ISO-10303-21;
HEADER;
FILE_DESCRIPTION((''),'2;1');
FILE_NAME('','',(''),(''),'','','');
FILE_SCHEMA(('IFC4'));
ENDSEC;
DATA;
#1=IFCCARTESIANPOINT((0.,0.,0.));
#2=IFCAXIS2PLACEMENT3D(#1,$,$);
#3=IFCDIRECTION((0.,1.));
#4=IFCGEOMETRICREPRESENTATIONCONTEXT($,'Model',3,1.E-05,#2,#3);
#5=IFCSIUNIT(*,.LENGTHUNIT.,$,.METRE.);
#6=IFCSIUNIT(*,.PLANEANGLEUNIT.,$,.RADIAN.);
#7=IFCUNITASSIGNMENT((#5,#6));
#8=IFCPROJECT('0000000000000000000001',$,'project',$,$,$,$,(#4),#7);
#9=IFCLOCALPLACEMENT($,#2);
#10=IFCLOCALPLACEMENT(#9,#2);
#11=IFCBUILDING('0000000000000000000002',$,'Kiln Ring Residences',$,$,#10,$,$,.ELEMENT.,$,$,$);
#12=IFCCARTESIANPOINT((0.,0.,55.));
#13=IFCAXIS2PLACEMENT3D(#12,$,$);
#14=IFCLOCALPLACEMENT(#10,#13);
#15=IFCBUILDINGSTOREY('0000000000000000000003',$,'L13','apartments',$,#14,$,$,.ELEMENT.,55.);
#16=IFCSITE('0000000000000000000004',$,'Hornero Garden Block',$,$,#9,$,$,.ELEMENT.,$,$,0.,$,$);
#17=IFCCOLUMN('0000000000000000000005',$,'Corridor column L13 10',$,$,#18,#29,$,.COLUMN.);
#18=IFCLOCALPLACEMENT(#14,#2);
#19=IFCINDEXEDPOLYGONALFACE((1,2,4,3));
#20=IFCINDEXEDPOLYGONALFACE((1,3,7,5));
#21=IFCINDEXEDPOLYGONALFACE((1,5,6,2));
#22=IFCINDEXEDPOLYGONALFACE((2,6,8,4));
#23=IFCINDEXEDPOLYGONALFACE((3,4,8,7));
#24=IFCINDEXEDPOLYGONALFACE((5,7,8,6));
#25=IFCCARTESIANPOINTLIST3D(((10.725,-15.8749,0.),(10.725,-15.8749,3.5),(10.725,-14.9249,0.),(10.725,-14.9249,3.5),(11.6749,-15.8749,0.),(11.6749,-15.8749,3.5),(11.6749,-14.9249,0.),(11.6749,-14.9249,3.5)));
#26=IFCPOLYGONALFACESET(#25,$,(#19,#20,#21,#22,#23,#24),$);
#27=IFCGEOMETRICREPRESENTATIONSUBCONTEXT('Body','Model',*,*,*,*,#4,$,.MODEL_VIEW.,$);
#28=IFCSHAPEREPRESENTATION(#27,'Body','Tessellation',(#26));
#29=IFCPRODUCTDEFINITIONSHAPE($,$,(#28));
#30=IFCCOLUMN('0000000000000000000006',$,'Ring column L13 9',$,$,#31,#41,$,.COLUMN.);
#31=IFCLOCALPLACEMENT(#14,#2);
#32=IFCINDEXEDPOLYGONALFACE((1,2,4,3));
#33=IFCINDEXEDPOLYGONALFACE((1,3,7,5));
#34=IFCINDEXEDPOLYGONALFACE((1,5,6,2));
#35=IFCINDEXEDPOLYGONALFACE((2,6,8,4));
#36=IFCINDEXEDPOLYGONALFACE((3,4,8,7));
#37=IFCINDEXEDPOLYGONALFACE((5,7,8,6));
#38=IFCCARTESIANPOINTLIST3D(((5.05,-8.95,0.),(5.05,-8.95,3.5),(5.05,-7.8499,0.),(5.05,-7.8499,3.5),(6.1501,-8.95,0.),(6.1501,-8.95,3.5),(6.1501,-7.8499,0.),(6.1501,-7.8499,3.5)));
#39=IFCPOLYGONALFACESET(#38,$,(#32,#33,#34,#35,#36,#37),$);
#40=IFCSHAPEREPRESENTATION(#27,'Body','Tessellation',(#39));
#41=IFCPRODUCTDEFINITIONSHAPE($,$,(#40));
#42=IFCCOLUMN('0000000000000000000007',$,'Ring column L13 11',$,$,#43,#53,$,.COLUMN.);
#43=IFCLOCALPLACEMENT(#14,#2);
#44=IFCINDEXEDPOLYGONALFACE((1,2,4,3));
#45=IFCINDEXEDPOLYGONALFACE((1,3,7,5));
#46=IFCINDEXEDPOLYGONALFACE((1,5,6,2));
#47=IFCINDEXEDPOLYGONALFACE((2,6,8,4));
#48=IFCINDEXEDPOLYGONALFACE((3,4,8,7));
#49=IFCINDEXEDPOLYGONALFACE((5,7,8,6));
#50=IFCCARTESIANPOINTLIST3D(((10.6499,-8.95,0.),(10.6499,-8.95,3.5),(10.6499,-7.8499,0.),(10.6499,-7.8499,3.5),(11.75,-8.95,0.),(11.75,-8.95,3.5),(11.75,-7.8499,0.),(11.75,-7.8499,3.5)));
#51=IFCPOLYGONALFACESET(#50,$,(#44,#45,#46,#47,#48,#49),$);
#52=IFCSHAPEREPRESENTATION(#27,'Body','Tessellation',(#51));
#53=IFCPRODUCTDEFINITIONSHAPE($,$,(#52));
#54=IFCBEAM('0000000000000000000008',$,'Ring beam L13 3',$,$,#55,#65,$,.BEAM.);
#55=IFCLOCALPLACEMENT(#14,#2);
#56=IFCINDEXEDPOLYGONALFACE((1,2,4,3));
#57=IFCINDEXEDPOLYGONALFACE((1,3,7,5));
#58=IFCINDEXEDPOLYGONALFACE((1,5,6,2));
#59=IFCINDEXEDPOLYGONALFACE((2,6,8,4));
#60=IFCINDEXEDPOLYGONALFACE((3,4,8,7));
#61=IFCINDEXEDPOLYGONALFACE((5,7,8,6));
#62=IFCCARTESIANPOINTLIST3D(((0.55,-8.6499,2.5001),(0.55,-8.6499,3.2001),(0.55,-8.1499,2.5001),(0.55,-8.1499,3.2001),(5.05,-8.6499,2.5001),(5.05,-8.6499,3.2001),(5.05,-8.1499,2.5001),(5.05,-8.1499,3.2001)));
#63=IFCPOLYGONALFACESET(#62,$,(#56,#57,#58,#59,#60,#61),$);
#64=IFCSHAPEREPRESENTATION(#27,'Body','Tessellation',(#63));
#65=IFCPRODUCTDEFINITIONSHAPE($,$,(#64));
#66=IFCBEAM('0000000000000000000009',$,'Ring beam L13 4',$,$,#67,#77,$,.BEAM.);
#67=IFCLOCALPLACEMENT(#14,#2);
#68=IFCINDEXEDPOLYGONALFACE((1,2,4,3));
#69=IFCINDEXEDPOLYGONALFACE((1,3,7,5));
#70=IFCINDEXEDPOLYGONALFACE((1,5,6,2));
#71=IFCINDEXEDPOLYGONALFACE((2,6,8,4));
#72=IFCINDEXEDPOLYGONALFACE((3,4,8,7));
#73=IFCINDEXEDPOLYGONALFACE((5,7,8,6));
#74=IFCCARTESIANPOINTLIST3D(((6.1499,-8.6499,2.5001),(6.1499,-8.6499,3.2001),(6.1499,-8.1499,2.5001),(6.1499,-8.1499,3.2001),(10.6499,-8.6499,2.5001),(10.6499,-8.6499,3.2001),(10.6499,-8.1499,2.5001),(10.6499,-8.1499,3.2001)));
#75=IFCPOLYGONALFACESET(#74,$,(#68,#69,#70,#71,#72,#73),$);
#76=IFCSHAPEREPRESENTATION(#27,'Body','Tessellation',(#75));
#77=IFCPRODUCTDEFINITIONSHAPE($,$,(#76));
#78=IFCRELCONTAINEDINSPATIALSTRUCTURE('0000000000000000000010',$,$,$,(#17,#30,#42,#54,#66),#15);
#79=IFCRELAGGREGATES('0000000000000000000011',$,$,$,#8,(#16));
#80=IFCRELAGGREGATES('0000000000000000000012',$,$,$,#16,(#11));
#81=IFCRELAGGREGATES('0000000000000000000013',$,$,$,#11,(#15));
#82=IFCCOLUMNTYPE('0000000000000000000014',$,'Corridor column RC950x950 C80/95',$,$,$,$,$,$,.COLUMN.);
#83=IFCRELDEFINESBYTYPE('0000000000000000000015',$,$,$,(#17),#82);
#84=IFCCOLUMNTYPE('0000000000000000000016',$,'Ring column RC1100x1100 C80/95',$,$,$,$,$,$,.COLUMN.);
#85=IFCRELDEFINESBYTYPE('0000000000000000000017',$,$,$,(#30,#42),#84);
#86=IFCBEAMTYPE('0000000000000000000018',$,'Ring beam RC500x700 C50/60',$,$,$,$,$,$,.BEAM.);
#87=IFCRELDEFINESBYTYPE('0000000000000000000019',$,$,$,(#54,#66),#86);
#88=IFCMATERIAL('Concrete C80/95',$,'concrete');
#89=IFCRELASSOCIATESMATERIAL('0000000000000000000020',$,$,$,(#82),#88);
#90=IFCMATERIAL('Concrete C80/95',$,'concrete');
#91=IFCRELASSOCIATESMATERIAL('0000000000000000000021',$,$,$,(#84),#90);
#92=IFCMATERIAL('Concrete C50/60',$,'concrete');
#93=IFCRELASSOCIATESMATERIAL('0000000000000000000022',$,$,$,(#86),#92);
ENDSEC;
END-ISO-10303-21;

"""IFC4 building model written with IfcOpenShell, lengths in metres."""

from ifc_helpers import new_model, si_unit, direction, frame, origin, origin_2d, place, context, subcontext, project, spatial, rectangle, extrude, material, material_profile, profile_set, type_object, element, save


model = new_model("IFC4")

# Units and contexts
model_context = context("Model", 3, precision=1e-05, world=origin(), true_north=direction((0.0, 1.0)))
body_context = subcontext(model_context, "Body", "Model", "MODEL_VIEW")
ifc_project = project(units=[si_unit("LENGTHUNIT", "METRE"), si_unit("PLANEANGLEUNIT", "RADIAN")], contexts=[model_context])

# Site, building, storey
site_placement = place(None, origin())
site = spatial("IfcSite", under=ifc_project, at=site_placement, Name="Hornero Garden Block", CompositionType="ELEMENT", RefElevation=0.0)
building_placement = place(site_placement, origin())
building = spatial("IfcBuilding", under=site, at=building_placement, Name="Kiln Ring Residences", CompositionType="ELEMENT")
storey_placement = place(building_placement, frame((0.0, 0.0, 55.0)))
storey = spatial("IfcBuildingStorey", under=building, at=storey_placement, Name="L13", Description="apartments", CompositionType="ELEMENT", Elevation=55.0)

# Columns
ifc_material_1 = material(Name="Concrete C80/95", Category="concrete")
ifc_material_profile_1 = material_profile(ifc_material_1, rectangle(XDim=0.95, YDim=0.95, at=origin_2d()), Name="RC950x950")
ifc_profile_set_1 = profile_set([ifc_material_profile_1], Name="Concrete C80/95")
column_type_1 = type_object("IfcColumnType", Name="Corridor column RC950x950 C80/95", PredefinedType="COLUMN", material=ifc_profile_set_1)
column_placement = place(storey_placement, frame((11.2, -15.3999, 0.0), z_axis=(0.0, 0.0, 1.0), x_axis=(1.0, 0.0, 0.0)))
element("IfcColumn", 1, at=column_placement, inside=storey, type_object=column_type_1, Name="Corridor column L13 10", PredefinedType="COLUMN", context=body_context, shape_type="SweptSolid", body=[
    extrude(rectangle(XDim=0.95, YDim=0.95, at=origin_2d()), origin(), (0.0, 0.0, 1.0), 3.5),
])
ifc_material_2 = material(Name="Concrete C80/95", Category="concrete")
ifc_material_profile_2 = material_profile(ifc_material_2, rectangle(XDim=1.1001, YDim=1.1001, at=origin_2d()), Name="RC1100x1100")
ifc_profile_set_2 = profile_set([ifc_material_profile_2], Name="Concrete C80/95")
column_type_2 = type_object("IfcColumnType", Name="Ring column RC1100x1100 C80/95", PredefinedType="COLUMN", material=ifc_profile_set_2)
for number, where, z_axis, x_axis, name in (
    (2, (5.6001, -8.3999, 0.0), (0.0, 0.0, 1.0), (1.0, 0.0, 0.0), "Ring column L13 9"),
    (3, (11.2, -8.3999, 0.0), (0.0, 0.0, 1.0), (1.0, 0.0, 0.0), "Ring column L13 11"),
):
    element("IfcColumn", number, at=place(storey_placement, frame(where, z_axis=z_axis, x_axis=x_axis)), inside=storey, type_object=column_type_2, Name=name, PredefinedType="COLUMN", context=body_context, shape_type="SweptSolid", body=[
        extrude(rectangle(XDim=1.1001, YDim=1.1001, at=origin_2d()), origin(), (0.0, 0.0, 1.0), 3.5),
    ])

# Beams
ifc_material_3 = material(Name="Concrete C50/60", Category="concrete")
ifc_material_profile_3 = material_profile(ifc_material_3, rectangle(XDim=0.5, YDim=0.7, at=origin_2d()), Name="RC500x700")
ifc_profile_set_3 = profile_set([ifc_material_profile_3], Name="Concrete C50/60")
beam_type = type_object("IfcBeamType", Name="Ring beam RC500x700 C50/60", PredefinedType="BEAM", material=ifc_profile_set_3)
for number, where, z_axis, x_axis, name in (
    (4, (0.55, -8.3999, 2.8501), (1.0, 0.0, 0.0), (0.0, 1.0, 0.0), "Ring beam L13 3"),
    (5, (6.1499, -8.3999, 2.8501), (1.0, 0.0, 0.0), (0.0, 1.0, 0.0), "Ring beam L13 4"),
):
    element("IfcBeam", number, at=place(storey_placement, frame(where, z_axis=z_axis, x_axis=x_axis)), inside=storey, type_object=beam_type, Name=name, PredefinedType="BEAM", context=body_context, shape_type="SweptSolid", body=[
        extrude(rectangle(XDim=0.5, YDim=0.7, at=origin_2d()), origin(), (0.0, 0.0, 1.0), 4.5),
    ])

save(model, "model.ifc")
